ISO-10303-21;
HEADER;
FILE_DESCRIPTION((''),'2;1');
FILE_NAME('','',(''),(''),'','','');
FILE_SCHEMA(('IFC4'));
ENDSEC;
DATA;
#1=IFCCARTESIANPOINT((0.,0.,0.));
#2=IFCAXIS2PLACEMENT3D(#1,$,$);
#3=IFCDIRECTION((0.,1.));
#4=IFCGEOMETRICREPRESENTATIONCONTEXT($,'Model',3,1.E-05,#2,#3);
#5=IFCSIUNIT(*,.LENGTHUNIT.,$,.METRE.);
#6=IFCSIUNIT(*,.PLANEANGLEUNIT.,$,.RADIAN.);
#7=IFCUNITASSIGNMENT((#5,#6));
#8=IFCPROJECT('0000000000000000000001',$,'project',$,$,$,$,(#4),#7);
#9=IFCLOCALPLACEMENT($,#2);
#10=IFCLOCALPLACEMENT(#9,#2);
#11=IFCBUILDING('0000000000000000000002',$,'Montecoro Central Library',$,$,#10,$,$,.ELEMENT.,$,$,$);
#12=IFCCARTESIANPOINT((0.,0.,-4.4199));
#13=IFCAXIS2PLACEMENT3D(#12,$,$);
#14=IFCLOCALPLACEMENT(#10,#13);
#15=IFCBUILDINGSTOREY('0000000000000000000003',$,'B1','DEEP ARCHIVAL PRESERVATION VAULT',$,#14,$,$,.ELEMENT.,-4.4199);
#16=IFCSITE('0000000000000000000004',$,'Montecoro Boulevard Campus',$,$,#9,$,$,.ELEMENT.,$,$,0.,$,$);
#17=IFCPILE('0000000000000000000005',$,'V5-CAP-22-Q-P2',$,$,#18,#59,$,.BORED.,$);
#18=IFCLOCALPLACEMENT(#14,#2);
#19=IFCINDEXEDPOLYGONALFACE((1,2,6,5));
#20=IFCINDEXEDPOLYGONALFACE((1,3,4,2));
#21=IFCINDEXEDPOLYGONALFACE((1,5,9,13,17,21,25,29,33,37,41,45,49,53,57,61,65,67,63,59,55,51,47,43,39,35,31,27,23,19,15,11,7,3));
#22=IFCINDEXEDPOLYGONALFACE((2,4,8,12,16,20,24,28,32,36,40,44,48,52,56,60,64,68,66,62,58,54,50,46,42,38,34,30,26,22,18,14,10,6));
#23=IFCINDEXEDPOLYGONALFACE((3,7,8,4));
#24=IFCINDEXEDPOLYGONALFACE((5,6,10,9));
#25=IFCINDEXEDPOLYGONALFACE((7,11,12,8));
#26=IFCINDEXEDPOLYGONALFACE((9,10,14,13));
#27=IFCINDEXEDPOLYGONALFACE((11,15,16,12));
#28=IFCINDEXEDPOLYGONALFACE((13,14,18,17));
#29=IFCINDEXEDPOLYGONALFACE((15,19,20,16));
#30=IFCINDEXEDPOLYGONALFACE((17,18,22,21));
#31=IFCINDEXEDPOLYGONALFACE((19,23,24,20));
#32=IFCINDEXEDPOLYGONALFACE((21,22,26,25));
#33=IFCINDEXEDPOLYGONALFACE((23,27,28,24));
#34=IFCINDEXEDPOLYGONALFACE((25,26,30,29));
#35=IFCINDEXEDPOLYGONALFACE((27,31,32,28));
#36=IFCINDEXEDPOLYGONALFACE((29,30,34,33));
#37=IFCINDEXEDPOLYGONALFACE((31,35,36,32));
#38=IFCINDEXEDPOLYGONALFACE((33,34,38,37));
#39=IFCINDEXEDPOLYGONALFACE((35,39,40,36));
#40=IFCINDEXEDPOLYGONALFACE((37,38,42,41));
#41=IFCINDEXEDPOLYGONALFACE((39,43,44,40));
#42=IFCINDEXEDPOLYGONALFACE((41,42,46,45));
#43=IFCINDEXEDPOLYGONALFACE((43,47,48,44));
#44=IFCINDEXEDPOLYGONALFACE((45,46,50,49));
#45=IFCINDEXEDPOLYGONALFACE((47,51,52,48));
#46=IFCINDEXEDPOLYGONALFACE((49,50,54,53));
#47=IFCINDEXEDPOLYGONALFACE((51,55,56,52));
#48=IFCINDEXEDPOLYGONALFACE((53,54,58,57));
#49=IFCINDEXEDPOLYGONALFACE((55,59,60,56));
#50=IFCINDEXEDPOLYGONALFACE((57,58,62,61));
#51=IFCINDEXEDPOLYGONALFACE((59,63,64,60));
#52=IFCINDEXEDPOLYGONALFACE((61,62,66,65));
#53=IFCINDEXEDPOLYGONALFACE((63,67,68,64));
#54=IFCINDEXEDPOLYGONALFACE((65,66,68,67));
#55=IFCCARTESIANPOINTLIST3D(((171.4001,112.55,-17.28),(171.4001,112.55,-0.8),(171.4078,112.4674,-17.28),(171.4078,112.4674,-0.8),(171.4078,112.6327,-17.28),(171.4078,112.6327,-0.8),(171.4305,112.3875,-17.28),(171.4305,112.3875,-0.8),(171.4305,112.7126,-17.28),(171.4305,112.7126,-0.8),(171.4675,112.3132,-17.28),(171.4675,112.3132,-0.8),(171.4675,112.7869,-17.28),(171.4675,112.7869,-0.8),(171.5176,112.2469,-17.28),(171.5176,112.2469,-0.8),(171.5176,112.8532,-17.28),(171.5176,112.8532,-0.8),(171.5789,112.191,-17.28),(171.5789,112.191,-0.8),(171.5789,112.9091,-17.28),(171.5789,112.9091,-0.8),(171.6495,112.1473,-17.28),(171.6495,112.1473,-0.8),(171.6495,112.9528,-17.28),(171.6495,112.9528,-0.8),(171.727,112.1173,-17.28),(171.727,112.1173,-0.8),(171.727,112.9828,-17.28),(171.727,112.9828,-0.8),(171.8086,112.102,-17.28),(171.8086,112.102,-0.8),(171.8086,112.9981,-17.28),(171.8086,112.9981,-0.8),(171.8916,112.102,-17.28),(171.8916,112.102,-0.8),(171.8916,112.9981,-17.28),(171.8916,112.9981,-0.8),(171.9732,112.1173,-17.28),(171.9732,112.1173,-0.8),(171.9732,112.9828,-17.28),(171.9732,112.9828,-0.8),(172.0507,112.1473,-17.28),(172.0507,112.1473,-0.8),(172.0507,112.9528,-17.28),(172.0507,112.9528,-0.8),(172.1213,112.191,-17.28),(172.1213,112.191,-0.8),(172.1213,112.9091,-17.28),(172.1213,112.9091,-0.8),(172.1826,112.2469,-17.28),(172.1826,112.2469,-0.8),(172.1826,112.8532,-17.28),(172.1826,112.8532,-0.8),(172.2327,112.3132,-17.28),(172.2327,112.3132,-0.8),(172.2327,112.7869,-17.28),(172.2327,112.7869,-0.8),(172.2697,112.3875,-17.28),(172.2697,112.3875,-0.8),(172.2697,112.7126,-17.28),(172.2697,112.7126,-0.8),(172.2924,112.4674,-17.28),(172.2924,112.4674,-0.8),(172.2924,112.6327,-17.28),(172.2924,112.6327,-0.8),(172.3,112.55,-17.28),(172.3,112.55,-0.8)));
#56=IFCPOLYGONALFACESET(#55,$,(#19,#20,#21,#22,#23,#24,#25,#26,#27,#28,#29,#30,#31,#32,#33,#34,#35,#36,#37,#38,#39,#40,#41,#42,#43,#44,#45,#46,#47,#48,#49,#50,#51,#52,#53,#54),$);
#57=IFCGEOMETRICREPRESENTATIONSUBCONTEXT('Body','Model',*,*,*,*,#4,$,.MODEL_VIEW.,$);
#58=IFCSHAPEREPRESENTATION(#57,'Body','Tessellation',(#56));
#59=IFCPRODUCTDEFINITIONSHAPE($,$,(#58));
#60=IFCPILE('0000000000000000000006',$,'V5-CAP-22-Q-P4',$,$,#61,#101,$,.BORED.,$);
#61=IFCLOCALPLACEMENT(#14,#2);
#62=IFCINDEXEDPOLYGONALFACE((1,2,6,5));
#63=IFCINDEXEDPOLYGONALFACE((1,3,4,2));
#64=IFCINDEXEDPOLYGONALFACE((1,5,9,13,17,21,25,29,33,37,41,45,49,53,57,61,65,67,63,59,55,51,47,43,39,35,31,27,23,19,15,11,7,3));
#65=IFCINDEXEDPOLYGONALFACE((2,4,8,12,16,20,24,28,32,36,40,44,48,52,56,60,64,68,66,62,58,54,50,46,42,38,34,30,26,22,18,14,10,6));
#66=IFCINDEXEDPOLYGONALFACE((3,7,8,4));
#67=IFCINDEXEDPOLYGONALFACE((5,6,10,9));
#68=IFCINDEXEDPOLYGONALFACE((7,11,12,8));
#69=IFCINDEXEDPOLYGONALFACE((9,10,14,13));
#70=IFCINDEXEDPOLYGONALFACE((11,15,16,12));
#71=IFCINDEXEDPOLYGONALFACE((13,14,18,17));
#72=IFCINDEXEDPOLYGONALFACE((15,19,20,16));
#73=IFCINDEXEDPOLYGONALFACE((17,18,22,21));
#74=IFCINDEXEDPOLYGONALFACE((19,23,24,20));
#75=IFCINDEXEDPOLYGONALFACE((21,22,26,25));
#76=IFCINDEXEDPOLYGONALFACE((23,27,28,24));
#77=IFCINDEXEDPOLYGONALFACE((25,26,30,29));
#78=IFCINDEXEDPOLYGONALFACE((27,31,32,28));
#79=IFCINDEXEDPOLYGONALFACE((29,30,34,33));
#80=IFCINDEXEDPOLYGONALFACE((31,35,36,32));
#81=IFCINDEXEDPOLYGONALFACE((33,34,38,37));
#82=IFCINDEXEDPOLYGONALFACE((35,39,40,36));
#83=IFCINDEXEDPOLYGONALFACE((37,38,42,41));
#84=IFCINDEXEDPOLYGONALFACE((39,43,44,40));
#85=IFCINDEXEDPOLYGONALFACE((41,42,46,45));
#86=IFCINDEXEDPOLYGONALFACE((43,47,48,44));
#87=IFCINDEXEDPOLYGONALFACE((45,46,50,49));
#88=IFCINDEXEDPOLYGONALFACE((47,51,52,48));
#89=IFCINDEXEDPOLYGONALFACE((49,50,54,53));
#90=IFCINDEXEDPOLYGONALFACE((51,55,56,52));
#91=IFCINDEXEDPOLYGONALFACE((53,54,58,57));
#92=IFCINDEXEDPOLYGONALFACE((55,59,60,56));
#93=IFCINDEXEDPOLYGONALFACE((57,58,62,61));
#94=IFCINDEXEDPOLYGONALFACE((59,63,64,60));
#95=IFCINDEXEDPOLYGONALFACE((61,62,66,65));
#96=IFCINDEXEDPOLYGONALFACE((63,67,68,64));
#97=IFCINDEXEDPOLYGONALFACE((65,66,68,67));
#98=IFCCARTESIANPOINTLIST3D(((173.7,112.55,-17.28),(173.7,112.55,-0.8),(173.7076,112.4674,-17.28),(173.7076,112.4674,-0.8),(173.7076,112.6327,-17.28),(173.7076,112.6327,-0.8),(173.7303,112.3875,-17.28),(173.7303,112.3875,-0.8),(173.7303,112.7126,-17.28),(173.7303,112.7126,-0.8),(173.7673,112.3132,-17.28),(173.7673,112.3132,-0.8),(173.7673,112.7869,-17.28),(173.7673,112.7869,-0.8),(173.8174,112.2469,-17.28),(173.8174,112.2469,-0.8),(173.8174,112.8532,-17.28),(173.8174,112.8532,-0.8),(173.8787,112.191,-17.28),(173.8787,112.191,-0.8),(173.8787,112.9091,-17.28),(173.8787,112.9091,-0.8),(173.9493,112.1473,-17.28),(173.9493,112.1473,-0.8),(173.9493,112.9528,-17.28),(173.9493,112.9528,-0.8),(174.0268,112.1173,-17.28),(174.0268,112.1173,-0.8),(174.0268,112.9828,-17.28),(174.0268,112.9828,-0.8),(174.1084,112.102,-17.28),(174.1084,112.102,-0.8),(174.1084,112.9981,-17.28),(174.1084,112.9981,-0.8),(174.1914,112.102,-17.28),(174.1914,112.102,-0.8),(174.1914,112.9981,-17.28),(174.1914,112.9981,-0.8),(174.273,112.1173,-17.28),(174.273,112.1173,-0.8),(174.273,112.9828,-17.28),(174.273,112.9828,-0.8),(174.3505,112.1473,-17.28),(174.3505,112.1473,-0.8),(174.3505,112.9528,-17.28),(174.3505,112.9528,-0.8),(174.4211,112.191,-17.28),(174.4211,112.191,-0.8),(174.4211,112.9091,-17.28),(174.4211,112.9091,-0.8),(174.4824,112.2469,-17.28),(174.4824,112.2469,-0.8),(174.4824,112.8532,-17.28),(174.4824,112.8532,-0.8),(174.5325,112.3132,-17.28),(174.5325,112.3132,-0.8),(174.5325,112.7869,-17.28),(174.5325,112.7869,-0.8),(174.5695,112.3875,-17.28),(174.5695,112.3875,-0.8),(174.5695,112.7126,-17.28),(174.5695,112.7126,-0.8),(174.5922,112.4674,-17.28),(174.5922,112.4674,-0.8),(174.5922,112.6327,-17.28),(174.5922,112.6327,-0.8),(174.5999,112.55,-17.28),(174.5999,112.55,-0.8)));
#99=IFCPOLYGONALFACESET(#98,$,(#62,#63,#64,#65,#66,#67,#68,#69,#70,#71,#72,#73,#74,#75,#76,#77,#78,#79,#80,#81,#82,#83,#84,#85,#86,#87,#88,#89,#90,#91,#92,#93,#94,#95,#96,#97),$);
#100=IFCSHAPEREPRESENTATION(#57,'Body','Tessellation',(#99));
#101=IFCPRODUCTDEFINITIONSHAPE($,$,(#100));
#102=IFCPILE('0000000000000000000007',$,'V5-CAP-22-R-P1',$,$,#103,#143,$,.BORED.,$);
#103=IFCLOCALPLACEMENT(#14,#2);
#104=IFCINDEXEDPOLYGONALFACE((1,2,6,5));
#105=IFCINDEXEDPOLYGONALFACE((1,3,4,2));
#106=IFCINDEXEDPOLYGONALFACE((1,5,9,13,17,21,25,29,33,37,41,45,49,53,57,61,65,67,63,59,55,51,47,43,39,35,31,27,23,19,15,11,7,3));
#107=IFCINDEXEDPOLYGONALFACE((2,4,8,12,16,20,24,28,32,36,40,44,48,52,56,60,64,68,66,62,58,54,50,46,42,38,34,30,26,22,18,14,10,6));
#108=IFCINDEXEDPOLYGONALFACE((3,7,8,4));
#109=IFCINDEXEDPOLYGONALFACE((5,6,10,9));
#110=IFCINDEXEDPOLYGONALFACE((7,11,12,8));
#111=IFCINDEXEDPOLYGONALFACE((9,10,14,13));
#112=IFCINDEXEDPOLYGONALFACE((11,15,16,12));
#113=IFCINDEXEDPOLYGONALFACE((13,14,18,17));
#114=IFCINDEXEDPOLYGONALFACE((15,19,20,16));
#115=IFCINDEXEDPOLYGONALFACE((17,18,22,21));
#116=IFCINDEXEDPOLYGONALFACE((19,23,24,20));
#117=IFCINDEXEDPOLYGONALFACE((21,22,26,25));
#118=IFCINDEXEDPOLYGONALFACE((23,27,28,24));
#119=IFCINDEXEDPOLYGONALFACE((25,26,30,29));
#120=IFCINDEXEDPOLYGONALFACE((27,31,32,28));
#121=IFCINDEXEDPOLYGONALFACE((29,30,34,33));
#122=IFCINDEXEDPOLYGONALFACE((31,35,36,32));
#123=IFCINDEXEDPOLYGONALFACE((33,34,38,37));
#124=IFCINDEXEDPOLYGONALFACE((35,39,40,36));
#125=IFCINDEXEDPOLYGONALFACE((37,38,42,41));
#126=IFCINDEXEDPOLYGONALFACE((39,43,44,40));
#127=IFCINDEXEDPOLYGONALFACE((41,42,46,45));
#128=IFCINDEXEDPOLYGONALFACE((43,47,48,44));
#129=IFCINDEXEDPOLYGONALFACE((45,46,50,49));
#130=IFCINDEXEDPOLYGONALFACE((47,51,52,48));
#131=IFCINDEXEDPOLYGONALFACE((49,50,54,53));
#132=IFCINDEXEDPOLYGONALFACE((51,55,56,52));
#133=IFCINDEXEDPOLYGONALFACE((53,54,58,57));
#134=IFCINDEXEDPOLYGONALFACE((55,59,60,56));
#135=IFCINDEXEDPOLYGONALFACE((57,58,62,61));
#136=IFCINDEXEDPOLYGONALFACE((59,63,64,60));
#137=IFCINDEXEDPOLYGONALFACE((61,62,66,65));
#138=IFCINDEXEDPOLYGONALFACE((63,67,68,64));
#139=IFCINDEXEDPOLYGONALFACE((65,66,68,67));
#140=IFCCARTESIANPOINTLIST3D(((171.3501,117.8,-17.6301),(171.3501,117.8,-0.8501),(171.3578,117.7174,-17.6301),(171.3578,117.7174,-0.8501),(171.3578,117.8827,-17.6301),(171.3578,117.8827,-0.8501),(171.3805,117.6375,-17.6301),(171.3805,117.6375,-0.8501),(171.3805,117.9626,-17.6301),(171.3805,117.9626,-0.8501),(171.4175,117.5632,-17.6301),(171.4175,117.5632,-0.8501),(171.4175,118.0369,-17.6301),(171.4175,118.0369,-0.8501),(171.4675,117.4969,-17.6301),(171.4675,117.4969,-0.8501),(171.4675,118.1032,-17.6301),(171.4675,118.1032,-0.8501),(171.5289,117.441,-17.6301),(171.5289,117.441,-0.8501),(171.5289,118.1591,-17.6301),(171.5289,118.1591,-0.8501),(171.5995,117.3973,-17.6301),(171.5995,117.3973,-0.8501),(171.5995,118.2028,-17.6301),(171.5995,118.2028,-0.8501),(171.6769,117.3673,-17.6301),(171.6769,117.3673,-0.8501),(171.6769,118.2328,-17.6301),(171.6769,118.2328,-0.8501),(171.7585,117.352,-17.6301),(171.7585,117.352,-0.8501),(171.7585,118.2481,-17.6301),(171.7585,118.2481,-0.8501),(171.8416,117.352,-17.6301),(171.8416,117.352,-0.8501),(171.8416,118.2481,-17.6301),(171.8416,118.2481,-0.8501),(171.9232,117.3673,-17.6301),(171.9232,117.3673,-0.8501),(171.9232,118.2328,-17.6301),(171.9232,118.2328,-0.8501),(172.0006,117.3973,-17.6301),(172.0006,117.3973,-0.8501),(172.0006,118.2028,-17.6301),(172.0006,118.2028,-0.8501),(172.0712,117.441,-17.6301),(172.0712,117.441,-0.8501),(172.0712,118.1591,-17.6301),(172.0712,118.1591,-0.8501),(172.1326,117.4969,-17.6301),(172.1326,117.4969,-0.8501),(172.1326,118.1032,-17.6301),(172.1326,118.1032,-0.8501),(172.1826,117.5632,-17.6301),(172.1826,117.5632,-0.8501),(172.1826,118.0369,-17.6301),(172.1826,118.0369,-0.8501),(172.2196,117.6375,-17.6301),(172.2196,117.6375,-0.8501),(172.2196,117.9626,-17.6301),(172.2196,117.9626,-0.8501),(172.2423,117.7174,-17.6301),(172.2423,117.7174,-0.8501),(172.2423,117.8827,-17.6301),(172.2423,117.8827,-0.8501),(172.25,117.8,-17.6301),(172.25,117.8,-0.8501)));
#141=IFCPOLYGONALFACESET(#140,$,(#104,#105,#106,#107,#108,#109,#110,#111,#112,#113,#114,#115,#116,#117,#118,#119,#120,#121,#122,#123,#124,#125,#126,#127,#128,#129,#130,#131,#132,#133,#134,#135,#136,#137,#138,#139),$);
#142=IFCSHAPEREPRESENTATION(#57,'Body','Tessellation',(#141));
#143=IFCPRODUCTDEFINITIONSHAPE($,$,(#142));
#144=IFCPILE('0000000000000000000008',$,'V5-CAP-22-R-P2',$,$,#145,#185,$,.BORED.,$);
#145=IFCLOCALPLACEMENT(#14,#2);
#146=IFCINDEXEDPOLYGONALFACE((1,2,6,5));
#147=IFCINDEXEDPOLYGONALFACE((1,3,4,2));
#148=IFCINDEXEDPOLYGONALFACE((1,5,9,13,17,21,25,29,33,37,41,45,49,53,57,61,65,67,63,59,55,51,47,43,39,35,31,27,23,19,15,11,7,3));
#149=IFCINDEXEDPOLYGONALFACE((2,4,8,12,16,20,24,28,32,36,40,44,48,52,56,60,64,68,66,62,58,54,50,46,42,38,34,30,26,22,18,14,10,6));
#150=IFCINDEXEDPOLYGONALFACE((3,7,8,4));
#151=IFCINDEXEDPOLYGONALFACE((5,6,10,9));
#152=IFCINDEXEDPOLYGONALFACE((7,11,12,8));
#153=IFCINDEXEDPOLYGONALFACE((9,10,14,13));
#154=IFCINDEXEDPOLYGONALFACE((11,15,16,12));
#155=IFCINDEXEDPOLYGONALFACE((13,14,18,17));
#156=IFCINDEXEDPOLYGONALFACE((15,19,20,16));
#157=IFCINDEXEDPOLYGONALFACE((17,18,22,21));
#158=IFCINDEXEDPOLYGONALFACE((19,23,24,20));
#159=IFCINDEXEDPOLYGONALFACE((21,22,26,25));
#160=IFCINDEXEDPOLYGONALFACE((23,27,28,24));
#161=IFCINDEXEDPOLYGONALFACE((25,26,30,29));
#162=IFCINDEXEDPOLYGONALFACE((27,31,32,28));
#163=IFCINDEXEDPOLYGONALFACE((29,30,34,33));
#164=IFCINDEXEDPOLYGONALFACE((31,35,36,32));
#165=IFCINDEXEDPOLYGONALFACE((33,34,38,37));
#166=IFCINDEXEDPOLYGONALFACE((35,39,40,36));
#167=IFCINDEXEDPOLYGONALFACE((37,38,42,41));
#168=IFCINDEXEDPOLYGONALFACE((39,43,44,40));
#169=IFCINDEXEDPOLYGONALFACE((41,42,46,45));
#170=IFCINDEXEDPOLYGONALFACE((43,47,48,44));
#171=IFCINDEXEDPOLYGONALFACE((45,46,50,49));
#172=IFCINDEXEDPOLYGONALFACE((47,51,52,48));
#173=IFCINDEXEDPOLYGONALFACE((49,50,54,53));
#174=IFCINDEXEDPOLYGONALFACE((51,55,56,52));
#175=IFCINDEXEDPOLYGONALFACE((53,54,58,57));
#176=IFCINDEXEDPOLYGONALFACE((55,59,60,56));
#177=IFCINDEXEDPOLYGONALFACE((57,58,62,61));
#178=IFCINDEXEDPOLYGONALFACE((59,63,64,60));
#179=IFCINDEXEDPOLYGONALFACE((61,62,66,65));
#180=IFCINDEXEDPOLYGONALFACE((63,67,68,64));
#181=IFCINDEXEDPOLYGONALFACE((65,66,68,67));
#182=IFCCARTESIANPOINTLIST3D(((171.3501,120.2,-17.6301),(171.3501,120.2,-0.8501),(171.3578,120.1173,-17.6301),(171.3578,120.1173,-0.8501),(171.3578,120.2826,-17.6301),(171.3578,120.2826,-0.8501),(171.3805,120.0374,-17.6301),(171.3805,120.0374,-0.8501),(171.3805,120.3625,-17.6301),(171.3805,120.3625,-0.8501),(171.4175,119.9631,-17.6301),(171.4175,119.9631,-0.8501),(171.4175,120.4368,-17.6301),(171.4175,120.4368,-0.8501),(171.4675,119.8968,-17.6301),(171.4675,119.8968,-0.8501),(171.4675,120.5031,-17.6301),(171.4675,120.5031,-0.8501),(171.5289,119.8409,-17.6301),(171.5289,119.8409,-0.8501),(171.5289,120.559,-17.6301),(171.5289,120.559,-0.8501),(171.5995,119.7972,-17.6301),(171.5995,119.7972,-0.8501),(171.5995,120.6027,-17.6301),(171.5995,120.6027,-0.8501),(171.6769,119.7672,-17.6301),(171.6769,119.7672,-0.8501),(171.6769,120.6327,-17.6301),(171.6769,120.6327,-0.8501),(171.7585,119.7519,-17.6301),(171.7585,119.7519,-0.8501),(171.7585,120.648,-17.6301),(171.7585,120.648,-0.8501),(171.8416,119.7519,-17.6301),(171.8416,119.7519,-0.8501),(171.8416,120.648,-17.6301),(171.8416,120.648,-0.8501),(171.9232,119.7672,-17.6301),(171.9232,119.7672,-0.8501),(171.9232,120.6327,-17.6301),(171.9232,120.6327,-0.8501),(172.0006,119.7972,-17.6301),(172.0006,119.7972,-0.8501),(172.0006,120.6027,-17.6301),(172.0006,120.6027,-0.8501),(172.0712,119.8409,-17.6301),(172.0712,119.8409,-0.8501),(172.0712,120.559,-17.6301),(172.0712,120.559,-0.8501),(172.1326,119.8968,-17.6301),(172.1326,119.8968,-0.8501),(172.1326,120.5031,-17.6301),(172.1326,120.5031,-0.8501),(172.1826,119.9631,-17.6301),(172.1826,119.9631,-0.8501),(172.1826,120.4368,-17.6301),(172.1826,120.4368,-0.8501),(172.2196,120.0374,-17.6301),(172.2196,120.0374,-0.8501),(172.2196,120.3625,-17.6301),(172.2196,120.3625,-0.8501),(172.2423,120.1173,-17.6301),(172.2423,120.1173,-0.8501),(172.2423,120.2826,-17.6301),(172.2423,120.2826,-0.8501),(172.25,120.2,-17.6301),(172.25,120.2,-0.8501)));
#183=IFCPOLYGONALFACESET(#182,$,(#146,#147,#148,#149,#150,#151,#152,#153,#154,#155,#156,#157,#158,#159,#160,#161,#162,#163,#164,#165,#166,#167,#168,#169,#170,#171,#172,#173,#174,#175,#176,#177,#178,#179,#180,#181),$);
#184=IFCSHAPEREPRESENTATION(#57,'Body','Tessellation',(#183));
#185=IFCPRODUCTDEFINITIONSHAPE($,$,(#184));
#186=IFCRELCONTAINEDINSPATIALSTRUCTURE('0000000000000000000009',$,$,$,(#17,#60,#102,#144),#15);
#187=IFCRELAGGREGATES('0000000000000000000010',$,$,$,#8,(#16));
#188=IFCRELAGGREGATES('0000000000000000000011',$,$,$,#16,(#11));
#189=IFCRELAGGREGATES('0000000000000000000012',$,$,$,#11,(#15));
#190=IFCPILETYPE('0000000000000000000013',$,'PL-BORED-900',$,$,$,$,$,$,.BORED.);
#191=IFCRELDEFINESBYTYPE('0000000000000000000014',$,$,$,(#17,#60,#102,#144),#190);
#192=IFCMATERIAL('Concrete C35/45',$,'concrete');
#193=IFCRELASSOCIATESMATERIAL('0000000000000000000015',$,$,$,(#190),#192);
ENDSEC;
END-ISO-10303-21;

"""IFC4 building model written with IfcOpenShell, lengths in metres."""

from ifc_helpers import new_model, si_unit, direction, frame, origin, origin_2d, place, context, subcontext, project, spatial, circle, extrude, material, material_profile, profile_set, type_object, element, save


model = new_model("IFC4")

# Units and contexts
model_context = context("Model", 3, precision=1e-05, world=origin(), true_north=direction((0.0, 1.0)))
body_context = subcontext(model_context, "Body", "Model", "MODEL_VIEW")
ifc_project = project(units=[si_unit("LENGTHUNIT", "METRE"), si_unit("PLANEANGLEUNIT", "RADIAN")], contexts=[model_context])

# Site, building, storey
site_placement = place(None, origin())
site = spatial("IfcSite", under=ifc_project, at=site_placement, Name="Montecoro Boulevard Campus", CompositionType="ELEMENT", RefElevation=0.0)
building_placement = place(site_placement, origin())
building = spatial("IfcBuilding", under=site, at=building_placement, Name="Montecoro Central Library", CompositionType="ELEMENT")
storey_placement = place(building_placement, frame((0.0, 0.0, -4.4199)))
storey = spatial("IfcBuildingStorey", under=building, at=storey_placement, Name="B1", Description="DEEP ARCHIVAL PRESERVATION VAULT", CompositionType="ELEMENT", Elevation=-4.4199)

# Shared definitions
ifc_material_1 = material(Name="Concrete C35/45", Category="concrete")

# Piles
ifc_material_profile_1 = material_profile(ifc_material_1, circle(Radius=0.45, at=origin_2d()), Name="PILE D900")
ifc_profile_set_1 = profile_set([ifc_material_profile_1], Name="Concrete C35/45")
pile_type = type_object("IfcPileType", Name="PL-BORED-900", PredefinedType="BORED", material=ifc_profile_set_1)
for number, where, z_axis, x_axis, name in (
    (1, (171.8501, 112.55, -0.8), (0.0, 0.0, -1.0), (1.0, 0.0, 0.0), "V5-CAP-22-Q-P2"),
    (2, (174.1499, 112.55, -0.8), (0.0, 0.0, -1.0), (1.0, 0.0, 0.0), "V5-CAP-22-Q-P4"),
):
    element("IfcPile", number, at=place(storey_placement, frame(where, z_axis=z_axis, x_axis=x_axis)), inside=storey, type_object=pile_type, Name=name, PredefinedType="BORED", context=body_context, shape_type="SweptSolid", body=[
        extrude(circle(Radius=0.45, at=origin_2d()), origin(), (0.0, 0.0, 1.0), 16.48),
    ])
for number, where, z_axis, x_axis, name in (
    (3, (171.8, 117.8, -0.8501), (0.0, 0.0, -1.0), (1.0, 0.0, 0.0), "V5-CAP-22-R-P1"),
    (4, (171.8, 120.2, -0.8501), (0.0, 0.0, -1.0), (1.0, 0.0, 0.0), "V5-CAP-22-R-P2"),
):
    element("IfcPile", number, at=place(storey_placement, frame(where, z_axis=z_axis, x_axis=x_axis)), inside=storey, type_object=pile_type, Name=name, PredefinedType="BORED", context=body_context, shape_type="SweptSolid", body=[
        extrude(circle(Radius=0.45, at=origin_2d()), origin(), (0.0, 0.0, 1.0), 16.78),
    ])

save(model, "model.ifc")
